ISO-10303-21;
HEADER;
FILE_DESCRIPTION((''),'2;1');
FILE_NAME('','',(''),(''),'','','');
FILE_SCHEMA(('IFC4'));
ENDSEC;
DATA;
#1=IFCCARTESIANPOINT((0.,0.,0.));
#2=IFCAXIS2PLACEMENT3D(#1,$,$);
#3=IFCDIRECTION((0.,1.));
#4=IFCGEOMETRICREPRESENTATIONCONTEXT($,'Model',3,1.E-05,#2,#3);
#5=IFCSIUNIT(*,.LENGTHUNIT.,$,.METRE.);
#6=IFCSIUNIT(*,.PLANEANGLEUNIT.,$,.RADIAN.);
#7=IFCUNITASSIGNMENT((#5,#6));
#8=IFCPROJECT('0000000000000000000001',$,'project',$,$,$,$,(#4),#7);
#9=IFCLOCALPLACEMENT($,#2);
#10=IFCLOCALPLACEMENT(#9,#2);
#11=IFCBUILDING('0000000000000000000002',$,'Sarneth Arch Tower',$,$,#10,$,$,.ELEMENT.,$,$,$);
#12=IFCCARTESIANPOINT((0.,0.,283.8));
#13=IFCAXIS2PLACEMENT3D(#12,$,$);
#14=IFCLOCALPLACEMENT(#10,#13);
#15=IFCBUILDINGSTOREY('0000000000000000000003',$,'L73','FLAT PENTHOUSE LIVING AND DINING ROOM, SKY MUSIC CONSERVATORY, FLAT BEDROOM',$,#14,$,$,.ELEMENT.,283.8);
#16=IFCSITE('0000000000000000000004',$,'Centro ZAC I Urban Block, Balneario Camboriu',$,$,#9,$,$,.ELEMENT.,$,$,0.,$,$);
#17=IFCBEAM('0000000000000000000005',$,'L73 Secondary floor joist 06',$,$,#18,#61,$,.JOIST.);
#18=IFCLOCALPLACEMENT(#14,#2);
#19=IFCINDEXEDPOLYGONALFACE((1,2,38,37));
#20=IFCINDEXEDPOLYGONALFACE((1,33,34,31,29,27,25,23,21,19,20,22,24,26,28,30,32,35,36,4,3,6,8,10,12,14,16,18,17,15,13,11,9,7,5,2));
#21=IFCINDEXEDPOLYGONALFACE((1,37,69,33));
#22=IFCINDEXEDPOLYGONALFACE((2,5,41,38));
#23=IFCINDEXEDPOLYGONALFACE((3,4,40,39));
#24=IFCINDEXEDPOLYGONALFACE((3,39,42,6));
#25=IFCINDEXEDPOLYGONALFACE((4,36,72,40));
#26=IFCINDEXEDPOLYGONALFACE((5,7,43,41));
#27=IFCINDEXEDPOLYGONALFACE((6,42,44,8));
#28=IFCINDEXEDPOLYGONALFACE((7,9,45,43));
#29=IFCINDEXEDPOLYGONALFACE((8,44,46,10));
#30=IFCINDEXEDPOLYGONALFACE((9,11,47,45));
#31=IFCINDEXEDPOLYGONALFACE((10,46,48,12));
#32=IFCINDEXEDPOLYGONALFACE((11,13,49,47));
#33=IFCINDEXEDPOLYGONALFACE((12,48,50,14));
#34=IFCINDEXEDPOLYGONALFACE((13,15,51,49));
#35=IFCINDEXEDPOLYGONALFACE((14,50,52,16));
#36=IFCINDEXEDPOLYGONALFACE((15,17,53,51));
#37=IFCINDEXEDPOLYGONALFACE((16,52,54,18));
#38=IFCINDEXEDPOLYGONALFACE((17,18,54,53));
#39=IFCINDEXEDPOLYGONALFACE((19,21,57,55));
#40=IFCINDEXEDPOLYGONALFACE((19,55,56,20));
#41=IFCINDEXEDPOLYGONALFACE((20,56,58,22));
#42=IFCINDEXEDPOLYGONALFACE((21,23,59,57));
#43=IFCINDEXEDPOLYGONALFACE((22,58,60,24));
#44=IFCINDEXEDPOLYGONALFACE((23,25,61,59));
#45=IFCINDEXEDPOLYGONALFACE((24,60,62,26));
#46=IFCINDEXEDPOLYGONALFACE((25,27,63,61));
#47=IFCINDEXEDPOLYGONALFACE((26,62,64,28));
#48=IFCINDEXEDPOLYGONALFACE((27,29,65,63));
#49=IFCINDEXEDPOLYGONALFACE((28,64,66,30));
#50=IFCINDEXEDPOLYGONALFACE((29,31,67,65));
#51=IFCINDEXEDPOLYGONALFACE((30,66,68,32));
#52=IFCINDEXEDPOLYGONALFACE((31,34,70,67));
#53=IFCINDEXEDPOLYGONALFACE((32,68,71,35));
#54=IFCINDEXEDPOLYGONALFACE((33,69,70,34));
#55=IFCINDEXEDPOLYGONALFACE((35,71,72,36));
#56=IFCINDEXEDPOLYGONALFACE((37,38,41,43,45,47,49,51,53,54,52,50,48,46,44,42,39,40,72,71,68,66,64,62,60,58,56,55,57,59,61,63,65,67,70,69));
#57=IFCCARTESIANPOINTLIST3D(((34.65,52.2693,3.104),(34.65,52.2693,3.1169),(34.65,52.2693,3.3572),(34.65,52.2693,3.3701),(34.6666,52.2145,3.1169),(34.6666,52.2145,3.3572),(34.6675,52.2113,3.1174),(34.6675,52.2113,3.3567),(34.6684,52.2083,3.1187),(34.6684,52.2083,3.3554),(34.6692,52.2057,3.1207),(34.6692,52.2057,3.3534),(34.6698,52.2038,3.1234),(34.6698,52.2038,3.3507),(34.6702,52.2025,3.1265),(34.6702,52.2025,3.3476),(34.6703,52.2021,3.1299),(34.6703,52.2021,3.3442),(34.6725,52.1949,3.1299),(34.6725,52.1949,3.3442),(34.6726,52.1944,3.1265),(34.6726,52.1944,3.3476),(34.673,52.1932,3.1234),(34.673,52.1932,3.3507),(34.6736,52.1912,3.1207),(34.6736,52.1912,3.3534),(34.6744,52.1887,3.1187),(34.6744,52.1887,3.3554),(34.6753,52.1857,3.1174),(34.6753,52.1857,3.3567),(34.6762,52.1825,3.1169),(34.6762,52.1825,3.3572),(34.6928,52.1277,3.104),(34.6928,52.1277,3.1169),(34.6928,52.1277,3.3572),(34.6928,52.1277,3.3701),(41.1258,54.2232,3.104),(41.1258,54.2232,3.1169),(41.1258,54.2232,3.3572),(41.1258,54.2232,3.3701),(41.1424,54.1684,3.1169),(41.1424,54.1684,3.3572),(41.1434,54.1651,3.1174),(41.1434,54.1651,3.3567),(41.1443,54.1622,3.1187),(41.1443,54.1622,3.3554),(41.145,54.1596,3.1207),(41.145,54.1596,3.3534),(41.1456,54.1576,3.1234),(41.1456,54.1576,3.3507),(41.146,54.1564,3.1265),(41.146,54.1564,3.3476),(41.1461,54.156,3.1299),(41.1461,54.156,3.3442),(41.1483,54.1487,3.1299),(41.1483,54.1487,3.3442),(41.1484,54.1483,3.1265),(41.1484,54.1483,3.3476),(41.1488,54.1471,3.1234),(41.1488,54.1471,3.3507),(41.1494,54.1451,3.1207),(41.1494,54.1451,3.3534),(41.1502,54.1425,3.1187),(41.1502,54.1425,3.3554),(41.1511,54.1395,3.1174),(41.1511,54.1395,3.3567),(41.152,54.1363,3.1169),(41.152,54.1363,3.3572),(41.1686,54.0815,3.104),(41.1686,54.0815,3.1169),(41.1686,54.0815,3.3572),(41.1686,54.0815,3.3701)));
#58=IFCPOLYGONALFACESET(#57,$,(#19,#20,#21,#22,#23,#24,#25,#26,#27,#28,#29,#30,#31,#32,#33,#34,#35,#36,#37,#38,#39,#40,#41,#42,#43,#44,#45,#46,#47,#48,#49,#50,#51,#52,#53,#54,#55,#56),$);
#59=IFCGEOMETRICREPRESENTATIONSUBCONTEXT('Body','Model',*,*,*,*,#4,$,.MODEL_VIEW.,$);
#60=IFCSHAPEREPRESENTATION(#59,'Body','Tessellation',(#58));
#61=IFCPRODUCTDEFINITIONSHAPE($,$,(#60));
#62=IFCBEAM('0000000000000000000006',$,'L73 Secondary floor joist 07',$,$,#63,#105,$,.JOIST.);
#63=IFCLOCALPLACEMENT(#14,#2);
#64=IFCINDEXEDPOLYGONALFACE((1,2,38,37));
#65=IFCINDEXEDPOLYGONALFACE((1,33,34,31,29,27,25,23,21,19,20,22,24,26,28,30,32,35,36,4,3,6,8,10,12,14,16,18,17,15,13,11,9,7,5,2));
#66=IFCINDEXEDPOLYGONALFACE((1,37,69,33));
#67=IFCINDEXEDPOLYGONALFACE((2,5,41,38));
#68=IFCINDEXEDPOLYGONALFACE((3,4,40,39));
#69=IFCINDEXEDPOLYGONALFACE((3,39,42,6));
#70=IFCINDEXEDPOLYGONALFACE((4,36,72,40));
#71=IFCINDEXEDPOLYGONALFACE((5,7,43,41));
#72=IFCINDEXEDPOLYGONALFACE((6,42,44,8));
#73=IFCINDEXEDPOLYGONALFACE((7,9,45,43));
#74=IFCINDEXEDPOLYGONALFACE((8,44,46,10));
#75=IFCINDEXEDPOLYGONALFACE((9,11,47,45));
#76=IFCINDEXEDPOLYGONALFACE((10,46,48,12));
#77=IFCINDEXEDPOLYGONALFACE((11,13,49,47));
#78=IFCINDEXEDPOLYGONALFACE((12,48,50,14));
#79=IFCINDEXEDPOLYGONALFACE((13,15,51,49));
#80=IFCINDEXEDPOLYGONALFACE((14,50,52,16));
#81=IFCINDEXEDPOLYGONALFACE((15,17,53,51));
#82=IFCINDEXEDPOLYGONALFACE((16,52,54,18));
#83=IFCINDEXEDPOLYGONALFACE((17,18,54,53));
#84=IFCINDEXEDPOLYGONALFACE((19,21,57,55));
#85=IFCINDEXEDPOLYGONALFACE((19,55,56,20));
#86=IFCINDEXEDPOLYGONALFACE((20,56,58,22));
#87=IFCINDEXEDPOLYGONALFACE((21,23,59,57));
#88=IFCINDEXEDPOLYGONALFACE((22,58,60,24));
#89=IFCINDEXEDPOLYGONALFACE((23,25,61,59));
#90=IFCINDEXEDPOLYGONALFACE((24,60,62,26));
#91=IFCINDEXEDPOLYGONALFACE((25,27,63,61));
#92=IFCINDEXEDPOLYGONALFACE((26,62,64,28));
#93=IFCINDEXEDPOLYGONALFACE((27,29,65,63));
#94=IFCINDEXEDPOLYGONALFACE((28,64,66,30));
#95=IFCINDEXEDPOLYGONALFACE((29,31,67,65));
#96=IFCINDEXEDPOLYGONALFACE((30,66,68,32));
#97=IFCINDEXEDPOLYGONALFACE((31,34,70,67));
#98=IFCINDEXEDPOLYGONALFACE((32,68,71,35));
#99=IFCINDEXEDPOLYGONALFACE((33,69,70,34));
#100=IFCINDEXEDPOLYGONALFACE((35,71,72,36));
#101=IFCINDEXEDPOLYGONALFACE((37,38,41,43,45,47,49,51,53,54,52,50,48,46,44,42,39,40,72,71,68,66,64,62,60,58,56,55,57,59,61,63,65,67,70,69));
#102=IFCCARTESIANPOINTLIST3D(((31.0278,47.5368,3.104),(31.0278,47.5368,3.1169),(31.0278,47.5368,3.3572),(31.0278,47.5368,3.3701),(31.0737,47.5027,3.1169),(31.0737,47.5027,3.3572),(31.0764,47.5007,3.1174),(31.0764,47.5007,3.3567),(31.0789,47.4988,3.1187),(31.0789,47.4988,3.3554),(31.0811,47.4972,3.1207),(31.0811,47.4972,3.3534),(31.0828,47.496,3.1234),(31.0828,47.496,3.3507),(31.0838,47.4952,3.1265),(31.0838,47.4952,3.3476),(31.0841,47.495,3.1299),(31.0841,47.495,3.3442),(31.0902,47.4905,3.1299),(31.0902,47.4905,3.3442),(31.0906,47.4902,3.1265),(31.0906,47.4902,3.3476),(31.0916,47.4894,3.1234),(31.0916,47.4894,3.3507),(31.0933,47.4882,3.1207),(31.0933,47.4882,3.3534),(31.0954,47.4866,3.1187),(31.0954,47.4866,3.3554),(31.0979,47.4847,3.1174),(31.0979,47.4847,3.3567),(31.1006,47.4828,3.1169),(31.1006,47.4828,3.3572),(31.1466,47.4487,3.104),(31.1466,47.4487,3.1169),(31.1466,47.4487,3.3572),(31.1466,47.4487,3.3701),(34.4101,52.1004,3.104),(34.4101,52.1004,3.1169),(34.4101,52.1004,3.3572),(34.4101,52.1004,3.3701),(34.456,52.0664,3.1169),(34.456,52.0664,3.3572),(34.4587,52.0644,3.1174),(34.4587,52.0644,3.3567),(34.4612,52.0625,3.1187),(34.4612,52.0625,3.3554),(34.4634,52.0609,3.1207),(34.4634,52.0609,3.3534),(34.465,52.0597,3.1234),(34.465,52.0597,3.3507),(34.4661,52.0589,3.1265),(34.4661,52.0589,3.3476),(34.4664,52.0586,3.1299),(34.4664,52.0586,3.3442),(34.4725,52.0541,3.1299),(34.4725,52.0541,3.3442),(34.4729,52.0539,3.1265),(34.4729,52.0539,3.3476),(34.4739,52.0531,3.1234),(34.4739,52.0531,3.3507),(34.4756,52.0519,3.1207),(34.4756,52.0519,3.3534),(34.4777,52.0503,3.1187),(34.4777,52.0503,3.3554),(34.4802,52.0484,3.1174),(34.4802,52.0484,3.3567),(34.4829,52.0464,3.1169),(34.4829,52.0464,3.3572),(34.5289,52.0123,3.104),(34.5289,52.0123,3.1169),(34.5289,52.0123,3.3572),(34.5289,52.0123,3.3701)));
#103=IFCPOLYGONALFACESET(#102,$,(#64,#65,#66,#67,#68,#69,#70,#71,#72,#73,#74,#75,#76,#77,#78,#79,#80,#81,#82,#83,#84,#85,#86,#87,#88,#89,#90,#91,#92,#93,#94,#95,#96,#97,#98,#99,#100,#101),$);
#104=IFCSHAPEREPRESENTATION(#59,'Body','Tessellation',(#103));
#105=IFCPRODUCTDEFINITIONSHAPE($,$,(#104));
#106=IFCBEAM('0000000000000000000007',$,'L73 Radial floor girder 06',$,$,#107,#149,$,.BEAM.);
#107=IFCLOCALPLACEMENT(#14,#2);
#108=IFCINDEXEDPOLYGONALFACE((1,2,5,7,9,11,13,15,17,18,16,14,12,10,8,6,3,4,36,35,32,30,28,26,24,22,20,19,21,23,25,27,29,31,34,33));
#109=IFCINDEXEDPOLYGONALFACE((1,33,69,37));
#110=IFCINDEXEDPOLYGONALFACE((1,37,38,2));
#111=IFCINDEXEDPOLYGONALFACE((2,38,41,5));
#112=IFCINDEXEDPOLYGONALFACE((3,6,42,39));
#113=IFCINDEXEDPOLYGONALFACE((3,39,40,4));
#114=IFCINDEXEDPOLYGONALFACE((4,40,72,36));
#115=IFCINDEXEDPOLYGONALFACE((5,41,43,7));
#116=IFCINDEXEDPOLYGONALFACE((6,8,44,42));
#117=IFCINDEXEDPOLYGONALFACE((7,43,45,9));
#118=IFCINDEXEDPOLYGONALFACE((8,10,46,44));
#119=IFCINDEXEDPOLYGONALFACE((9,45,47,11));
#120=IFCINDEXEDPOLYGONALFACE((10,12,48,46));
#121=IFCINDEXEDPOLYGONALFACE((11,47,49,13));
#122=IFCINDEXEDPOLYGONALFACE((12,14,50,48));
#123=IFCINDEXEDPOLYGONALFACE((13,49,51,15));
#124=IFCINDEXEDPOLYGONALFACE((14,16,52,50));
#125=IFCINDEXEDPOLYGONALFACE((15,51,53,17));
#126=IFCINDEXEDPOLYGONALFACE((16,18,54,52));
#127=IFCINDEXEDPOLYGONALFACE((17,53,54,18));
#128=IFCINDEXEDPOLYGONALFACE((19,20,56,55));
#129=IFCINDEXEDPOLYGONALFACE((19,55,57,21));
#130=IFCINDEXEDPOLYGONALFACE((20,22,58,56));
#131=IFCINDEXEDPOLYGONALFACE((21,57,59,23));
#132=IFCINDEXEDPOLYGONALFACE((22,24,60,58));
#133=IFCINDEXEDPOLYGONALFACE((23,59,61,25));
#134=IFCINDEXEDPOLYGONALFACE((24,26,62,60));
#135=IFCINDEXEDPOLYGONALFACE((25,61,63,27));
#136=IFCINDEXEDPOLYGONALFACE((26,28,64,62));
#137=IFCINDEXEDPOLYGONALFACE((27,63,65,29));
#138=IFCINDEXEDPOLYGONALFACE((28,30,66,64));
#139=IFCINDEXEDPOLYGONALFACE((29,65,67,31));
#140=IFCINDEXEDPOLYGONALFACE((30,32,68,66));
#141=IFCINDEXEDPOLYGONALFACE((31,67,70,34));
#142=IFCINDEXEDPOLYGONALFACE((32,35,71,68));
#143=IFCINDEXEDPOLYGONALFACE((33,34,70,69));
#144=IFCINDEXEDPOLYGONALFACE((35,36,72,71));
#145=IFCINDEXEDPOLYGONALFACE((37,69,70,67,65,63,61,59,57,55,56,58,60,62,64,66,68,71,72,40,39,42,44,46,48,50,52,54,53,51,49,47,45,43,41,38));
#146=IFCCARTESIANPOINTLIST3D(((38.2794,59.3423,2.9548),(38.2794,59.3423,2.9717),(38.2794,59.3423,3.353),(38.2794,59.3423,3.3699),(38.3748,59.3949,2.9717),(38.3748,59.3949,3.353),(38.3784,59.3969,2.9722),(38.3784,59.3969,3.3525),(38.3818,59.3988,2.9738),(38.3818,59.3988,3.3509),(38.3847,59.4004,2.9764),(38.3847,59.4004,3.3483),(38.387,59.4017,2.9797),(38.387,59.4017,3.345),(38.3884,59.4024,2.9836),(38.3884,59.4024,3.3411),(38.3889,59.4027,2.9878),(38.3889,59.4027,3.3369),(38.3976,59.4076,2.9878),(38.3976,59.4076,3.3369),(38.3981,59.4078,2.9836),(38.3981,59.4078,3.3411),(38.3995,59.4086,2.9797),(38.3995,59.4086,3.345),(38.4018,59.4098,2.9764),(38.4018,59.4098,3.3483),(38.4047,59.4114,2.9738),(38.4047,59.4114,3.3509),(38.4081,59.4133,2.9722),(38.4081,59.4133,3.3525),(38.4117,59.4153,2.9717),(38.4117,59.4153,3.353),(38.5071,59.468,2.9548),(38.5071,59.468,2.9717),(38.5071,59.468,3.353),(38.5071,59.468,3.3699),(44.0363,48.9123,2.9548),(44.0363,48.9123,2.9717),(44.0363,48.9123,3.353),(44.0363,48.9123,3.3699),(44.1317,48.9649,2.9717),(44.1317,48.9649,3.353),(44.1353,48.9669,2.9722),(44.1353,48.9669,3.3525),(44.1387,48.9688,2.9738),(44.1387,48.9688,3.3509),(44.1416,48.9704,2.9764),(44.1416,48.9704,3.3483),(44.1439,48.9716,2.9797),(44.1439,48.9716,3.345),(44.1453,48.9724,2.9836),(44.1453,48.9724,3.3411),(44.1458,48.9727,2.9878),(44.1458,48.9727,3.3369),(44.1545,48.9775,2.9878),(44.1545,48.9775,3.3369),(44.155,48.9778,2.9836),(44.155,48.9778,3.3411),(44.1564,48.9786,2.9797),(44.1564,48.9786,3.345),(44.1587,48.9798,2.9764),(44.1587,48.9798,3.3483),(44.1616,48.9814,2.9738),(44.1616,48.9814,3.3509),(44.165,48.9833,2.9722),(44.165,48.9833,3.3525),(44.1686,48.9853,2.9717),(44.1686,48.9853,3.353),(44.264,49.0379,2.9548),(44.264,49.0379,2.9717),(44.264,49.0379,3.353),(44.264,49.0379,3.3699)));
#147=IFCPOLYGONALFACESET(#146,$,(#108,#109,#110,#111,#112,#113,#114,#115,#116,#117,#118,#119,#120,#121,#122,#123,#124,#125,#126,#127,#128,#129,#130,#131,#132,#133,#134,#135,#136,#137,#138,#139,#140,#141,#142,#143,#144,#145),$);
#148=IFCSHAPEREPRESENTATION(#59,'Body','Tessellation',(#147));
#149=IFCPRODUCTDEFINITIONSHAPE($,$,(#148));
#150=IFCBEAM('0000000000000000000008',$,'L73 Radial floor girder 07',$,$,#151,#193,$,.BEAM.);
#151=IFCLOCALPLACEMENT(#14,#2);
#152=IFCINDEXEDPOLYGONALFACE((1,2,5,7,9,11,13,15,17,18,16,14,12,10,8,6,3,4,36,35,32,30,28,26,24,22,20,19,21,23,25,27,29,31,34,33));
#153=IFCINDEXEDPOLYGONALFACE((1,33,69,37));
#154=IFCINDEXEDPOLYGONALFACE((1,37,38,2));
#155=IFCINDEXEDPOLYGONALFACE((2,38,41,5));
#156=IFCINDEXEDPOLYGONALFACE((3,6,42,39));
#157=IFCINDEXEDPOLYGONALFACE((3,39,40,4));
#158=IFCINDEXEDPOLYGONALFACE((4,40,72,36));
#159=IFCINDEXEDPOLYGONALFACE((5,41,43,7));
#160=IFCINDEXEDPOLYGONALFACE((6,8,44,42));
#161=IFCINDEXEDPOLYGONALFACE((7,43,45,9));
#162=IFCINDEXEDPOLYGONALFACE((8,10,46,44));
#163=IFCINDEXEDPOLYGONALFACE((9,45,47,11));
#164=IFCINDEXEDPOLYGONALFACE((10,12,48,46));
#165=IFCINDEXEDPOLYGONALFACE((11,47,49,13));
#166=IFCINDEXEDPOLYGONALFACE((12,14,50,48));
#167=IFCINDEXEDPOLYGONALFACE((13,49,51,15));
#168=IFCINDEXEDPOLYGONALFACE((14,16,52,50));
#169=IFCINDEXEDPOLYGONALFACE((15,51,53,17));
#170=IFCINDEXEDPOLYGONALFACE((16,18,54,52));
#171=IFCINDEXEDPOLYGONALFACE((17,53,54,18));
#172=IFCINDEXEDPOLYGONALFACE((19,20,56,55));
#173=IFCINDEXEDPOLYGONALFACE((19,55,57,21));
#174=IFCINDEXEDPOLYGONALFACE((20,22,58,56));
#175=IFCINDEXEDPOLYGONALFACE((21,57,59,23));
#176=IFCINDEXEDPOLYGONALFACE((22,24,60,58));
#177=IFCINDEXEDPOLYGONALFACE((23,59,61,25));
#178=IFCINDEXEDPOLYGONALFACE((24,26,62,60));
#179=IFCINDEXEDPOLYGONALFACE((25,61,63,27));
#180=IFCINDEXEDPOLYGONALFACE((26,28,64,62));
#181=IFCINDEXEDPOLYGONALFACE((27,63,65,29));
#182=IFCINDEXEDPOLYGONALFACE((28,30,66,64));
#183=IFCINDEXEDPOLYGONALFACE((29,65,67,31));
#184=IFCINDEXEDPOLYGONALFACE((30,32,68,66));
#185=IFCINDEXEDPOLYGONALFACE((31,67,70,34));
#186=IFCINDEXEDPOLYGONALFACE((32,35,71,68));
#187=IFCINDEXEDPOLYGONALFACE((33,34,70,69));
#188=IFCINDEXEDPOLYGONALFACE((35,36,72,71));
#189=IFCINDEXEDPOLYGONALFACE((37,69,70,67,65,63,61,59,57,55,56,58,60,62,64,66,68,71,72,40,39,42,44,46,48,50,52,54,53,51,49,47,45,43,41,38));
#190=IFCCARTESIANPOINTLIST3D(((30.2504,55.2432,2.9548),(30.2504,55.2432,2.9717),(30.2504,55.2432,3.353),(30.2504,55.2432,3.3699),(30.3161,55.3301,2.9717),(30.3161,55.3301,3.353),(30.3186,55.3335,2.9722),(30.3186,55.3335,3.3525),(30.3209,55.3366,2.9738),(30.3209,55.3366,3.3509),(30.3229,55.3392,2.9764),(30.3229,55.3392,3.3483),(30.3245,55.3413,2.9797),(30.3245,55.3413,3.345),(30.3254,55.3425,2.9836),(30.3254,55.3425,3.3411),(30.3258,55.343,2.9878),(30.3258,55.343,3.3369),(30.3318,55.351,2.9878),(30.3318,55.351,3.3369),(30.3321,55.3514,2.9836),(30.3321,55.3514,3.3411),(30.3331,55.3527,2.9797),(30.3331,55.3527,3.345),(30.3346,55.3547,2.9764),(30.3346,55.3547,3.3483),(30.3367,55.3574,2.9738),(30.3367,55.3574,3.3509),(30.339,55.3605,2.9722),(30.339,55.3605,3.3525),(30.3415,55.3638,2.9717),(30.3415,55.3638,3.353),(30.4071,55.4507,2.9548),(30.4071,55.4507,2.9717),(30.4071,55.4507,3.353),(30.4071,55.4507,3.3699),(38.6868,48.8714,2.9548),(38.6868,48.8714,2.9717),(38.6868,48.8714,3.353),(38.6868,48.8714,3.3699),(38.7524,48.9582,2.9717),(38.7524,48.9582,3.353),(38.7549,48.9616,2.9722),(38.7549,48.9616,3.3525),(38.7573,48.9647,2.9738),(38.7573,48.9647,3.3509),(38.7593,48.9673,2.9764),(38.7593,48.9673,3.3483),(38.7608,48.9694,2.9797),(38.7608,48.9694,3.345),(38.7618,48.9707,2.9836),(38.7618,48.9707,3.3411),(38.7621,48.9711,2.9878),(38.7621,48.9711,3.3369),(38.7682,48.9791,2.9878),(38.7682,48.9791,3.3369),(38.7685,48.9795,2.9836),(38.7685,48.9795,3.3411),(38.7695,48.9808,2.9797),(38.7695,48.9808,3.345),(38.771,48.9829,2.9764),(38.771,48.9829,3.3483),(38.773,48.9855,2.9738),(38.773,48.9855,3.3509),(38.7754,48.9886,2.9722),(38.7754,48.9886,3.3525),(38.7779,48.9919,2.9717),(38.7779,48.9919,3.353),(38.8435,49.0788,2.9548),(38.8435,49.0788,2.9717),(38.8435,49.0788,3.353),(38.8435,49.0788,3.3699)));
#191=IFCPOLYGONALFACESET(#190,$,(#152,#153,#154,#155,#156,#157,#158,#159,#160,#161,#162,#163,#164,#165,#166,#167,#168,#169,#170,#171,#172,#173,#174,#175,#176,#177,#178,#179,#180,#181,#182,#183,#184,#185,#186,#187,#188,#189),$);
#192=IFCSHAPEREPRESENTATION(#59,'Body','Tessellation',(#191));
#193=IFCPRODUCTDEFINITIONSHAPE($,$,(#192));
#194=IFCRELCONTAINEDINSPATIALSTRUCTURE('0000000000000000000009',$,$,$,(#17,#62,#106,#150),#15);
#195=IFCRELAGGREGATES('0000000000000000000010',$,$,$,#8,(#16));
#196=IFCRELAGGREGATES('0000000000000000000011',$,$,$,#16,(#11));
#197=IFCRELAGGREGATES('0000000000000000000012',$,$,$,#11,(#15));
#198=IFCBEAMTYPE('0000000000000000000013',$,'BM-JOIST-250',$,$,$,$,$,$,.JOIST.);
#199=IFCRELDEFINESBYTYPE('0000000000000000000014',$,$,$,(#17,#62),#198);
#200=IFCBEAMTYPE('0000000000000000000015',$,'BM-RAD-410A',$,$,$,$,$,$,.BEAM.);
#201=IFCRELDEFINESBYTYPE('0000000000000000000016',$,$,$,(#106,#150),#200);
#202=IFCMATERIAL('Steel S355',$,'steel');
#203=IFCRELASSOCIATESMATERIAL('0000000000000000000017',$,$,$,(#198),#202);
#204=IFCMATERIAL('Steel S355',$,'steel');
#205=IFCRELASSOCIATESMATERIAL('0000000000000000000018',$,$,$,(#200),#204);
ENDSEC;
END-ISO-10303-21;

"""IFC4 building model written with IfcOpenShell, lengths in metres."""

from ifc_helpers import new_model, si_unit, direction, frame, origin, origin_2d, place, context, subcontext, project, spatial, i_section, extrude, material, material_profile, profile_set, type_object, element, save


model = new_model("IFC4")

# Units and contexts
model_context = context("Model", 3, precision=1e-05, world=origin(), true_north=direction((0.0, 1.0)))
body_context = subcontext(model_context, "Body", "Model", "MODEL_VIEW")
ifc_project = project(units=[si_unit("LENGTHUNIT", "METRE"), si_unit("PLANEANGLEUNIT", "RADIAN")], contexts=[model_context])

# Site, building, storey
site_placement = place(None, origin())
site = spatial("IfcSite", under=ifc_project, at=site_placement, Name="Centro ZAC I Urban Block, Balneario Camboriu", CompositionType="ELEMENT", RefElevation=0.0)
building_placement = place(site_placement, origin())
building = spatial("IfcBuilding", under=site, at=building_placement, Name="Sarneth Arch Tower", CompositionType="ELEMENT")
storey_placement = place(building_placement, frame((0.0, 0.0, 283.8)))
storey = spatial("IfcBuildingStorey", under=building, at=storey_placement, Name="L73", Description="FLAT PENTHOUSE LIVING AND DINING ROOM, SKY MUSIC CONSERVATORY, FLAT BEDROOM", CompositionType="ELEMENT", Elevation=283.8)

# Beams
ifc_material_1 = material(Name="Steel S355", Category="steel")
ifc_material_profile_1 = material_profile(ifc_material_1, i_section(OverallWidth=0.1479, OverallDepth=0.2661, WebThickness=0.0076, FlangeThickness=0.0129, FilletRadius=0.0129, at=origin_2d()), Name="W250x44.8")
ifc_profile_set_1 = profile_set([ifc_material_profile_1], Name="Steel S355")
beam_type_1 = type_object("IfcBeamType", Name="BM-JOIST-250", PredefinedType="JOIST", material=ifc_profile_set_1)
beam_1_placement = place(storey_placement, frame((41.1472, 54.1523, 3.2371), z_axis=(-0.957373, -0.288854, 0.0), x_axis=(0.288854, -0.957373, 0.0)))
element("IfcBeam", 1, at=beam_1_placement, inside=storey, type_object=beam_type_1, Name="L73 Secondary floor joist 06", PredefinedType="JOIST", context=body_context, shape_type="SweptSolid", body=[
    extrude(i_section(OverallWidth=0.1479, OverallDepth=0.2661, WebThickness=0.0076, FlangeThickness=0.0129, FilletRadius=0.0129, at=origin_2d()), origin(), (0.0, 0.0, 1.0), 6.7642),
])
beam_2_placement = place(storey_placement, frame((34.4695, 52.0564, 3.2371), z_axis=(-0.595431, -0.803406, 0.0), x_axis=(0.803406, -0.595431, 0.0)))
element("IfcBeam", 2, at=beam_2_placement, inside=storey, type_object=beam_type_1, Name="L73 Secondary floor joist 07", PredefinedType="JOIST", context=body_context, shape_type="SweptSolid", body=[
    extrude(i_section(OverallWidth=0.1479, OverallDepth=0.2661, WebThickness=0.0076, FlangeThickness=0.0129, FilletRadius=0.0129, at=origin_2d()), origin(), (0.0, 0.0, 1.0), 5.6804),
])
ifc_material_2 = material(Name="Steel S355", Category="steel")
ifc_material_profile_2 = material_profile(ifc_material_2, i_section(OverallWidth=0.26, OverallDepth=0.415, WebThickness=0.01, FlangeThickness=0.0168, FilletRadius=0.0161, at=origin_2d()), Name="W410x100")
ifc_profile_set_2 = profile_set([ifc_material_profile_2], Name="Steel S355")
beam_type_2 = type_object("IfcBeamType", Name="BM-RAD-410A", PredefinedType="BEAM", material=ifc_profile_set_2)
beam_3_placement = place(storey_placement, frame((44.1501, 48.9751, 3.1624), z_axis=(-0.483231, 0.875493, 0.0), x_axis=(-0.875493, -0.483231, 0.0)))
element("IfcBeam", 3, at=beam_3_placement, inside=storey, type_object=beam_type_2, Name="L73 Radial floor girder 06", PredefinedType="BEAM", context=body_context, shape_type="SweptSolid", body=[
    extrude(i_section(OverallWidth=0.26, OverallDepth=0.415, WebThickness=0.01, FlangeThickness=0.0168, FilletRadius=0.0161, at=origin_2d()), origin(), (0.0, 0.0, 1.0), 11.9133),
])
beam_4_placement = place(storey_placement, frame((38.7651, 48.9751, 3.1624), z_axis=(-0.79797, 0.602698, 0.0), x_axis=(-0.602698, -0.79797, 0.0)))
element("IfcBeam", 4, at=beam_4_placement, inside=storey, type_object=beam_type_2, Name="L73 Radial floor girder 07", PredefinedType="BEAM", context=body_context, shape_type="SweptSolid", body=[
    extrude(i_section(OverallWidth=0.26, OverallDepth=0.415, WebThickness=0.01, FlangeThickness=0.0168, FilletRadius=0.0161, at=origin_2d()), origin(), (0.0, 0.0, 1.0), 10.5723),
])

save(model, "model.ifc")
